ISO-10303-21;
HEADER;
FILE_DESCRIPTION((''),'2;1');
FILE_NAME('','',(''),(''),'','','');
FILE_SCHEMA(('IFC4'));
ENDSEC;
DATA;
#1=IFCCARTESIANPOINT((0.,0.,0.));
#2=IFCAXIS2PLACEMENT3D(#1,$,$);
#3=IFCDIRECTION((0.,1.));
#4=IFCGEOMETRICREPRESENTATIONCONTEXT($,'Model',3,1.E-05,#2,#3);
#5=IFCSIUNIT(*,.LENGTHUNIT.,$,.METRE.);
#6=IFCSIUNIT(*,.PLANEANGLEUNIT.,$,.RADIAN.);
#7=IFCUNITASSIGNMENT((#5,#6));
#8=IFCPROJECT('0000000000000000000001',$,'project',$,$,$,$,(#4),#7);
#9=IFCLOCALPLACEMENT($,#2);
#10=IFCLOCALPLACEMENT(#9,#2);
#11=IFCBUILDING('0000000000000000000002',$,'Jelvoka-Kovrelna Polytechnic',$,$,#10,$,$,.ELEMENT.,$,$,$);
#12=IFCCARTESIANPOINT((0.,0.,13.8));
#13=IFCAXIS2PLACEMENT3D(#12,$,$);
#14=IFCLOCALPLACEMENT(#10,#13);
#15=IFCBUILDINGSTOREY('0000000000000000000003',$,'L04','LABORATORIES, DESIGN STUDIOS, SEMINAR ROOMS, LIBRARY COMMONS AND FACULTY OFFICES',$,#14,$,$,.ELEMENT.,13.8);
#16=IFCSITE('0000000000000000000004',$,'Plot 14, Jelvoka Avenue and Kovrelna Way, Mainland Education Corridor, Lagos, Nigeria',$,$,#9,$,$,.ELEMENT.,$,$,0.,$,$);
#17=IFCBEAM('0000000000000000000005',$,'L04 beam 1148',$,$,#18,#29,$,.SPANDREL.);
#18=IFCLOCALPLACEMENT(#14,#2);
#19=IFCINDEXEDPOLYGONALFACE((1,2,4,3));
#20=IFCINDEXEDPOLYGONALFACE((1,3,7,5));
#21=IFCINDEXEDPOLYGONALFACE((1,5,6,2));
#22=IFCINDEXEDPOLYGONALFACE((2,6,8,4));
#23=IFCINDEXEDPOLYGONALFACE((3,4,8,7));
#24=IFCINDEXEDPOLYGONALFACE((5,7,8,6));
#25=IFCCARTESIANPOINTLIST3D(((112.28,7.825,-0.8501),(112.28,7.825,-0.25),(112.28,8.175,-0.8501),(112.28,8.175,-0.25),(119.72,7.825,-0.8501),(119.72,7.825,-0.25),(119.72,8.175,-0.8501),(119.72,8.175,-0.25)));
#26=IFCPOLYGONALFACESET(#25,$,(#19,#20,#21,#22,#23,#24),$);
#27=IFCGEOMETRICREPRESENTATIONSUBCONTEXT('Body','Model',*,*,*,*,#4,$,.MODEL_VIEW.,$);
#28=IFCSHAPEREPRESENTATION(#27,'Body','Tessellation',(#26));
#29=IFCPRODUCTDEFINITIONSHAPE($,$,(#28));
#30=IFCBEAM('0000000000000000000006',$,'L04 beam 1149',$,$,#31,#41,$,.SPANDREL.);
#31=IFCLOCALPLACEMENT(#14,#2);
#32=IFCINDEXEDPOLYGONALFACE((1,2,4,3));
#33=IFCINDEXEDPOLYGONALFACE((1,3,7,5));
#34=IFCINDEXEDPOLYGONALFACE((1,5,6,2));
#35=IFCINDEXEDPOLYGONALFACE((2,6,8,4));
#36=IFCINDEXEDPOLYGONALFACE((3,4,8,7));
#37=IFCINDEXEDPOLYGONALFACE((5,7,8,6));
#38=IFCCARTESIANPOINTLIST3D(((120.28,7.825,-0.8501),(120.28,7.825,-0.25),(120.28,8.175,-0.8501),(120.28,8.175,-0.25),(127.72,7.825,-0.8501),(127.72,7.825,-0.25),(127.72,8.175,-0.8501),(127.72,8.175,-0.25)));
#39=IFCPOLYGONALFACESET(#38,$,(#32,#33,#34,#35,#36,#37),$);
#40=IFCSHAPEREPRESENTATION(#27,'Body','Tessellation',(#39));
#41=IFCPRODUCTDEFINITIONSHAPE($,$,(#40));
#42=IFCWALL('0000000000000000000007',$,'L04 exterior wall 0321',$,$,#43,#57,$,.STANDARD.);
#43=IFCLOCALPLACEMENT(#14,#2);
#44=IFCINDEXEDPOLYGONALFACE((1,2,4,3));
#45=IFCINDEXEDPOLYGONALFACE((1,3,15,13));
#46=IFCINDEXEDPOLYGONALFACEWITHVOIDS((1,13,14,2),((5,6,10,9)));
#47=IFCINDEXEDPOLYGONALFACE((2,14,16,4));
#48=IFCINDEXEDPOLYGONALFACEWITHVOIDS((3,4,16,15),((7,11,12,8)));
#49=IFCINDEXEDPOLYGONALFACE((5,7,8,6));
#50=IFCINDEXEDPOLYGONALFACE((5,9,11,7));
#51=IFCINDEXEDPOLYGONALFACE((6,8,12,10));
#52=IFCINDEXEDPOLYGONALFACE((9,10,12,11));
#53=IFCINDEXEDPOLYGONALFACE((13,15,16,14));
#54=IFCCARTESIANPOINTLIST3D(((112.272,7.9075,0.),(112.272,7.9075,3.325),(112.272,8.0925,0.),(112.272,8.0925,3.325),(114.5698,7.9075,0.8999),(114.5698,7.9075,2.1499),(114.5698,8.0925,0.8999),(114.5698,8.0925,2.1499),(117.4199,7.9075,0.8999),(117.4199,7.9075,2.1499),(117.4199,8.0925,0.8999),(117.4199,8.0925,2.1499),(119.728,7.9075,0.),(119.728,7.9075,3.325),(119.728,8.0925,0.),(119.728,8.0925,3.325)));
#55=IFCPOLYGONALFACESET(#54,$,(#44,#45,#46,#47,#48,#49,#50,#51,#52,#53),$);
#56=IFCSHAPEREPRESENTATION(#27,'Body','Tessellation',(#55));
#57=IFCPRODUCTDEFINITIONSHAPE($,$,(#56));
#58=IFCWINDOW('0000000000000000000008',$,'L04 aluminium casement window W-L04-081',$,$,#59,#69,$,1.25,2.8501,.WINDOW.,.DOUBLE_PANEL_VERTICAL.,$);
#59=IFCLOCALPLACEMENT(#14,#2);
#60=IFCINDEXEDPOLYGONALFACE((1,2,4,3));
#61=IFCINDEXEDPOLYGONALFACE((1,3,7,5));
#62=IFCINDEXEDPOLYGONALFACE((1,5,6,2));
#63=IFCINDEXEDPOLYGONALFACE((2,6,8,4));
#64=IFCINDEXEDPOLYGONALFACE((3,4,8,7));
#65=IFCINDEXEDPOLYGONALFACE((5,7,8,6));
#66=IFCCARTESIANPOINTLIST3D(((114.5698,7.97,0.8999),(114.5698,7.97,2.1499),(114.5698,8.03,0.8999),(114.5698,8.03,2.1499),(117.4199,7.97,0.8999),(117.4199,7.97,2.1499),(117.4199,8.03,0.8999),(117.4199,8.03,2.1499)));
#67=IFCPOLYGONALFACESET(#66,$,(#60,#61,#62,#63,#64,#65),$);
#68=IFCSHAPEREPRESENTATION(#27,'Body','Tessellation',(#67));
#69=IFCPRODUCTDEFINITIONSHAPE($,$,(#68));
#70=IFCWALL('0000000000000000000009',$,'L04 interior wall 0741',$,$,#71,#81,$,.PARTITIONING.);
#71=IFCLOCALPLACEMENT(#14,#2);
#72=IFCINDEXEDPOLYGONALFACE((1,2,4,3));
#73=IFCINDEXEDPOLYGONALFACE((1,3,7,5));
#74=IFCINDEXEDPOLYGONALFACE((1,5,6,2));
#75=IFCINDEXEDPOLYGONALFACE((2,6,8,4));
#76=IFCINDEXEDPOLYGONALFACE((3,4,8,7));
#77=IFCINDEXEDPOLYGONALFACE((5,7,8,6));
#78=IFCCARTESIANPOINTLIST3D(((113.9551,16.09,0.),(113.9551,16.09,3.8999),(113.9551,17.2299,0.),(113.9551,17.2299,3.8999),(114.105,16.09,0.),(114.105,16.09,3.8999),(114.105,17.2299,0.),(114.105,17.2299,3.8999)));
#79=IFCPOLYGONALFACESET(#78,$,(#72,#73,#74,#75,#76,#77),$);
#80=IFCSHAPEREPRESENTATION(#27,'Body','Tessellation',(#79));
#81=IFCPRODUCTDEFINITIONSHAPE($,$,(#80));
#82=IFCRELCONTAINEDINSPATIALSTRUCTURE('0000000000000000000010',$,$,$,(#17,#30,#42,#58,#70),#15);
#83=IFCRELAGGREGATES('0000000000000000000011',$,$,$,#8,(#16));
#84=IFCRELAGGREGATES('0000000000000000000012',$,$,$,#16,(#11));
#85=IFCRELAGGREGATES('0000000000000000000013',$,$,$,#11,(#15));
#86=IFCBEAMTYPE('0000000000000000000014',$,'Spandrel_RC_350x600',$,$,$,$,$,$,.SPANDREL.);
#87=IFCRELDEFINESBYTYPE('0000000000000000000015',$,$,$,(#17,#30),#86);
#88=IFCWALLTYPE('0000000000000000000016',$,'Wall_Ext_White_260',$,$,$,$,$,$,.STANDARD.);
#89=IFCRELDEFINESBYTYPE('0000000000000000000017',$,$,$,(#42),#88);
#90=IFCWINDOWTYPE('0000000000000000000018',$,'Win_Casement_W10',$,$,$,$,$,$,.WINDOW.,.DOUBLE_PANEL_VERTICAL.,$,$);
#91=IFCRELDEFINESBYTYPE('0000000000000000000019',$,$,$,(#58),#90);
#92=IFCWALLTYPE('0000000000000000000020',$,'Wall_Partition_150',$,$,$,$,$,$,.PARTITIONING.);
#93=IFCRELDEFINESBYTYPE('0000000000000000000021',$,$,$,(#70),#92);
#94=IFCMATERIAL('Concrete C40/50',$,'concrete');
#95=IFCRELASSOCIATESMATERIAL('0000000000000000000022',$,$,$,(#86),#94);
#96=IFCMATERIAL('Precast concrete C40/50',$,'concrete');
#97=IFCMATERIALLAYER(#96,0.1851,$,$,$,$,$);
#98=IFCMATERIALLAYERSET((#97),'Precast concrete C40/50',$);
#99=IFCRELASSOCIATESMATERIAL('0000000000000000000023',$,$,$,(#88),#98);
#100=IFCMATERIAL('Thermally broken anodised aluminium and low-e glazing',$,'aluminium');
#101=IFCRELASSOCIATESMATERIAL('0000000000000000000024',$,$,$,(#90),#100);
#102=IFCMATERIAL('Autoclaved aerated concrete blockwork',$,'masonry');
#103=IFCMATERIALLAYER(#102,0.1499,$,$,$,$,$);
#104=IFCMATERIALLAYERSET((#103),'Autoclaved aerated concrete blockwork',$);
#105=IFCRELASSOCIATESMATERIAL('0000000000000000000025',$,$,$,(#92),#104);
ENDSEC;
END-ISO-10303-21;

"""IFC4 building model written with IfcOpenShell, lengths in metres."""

from ifc_helpers import new_model, si_unit, direction, frame, frame_2d, origin, origin_2d, place, context, subcontext, project, spatial, rectangle, extrude, material, layer, layer_set, material_profile, profile_set, type_object, element, fill, save


model = new_model("IFC4")

# Units and contexts
model_context = context("Model", 3, precision=1e-05, world=origin(), true_north=direction((0.0, 1.0)))
body_context = subcontext(model_context, "Body", "Model", "MODEL_VIEW")
ifc_project = project(units=[si_unit("LENGTHUNIT", "METRE"), si_unit("PLANEANGLEUNIT", "RADIAN")], contexts=[model_context])

# Site, building, storey
site_placement = place(None, origin())
site = spatial("IfcSite", under=ifc_project, at=site_placement, Name="Plot 14, Jelvoka Avenue and Kovrelna Way, Mainland Education Corridor, Lagos, Nigeria", CompositionType="ELEMENT", RefElevation=0.0)
building_placement = place(site_placement, origin())
building = spatial("IfcBuilding", under=site, at=building_placement, Name="Jelvoka-Kovrelna Polytechnic", CompositionType="ELEMENT")
storey_placement = place(building_placement, frame((0.0, 0.0, 13.8)))
storey = spatial("IfcBuildingStorey", under=building, at=storey_placement, Name="L04", Description="LABORATORIES, DESIGN STUDIOS, SEMINAR ROOMS, LIBRARY COMMONS AND FACULTY OFFICES", CompositionType="ELEMENT", Elevation=13.8)

# Beams
ifc_material_1 = material(Name="Concrete C40/50", Category="concrete")
ifc_material_profile_1 = material_profile(ifc_material_1, rectangle(XDim=0.3501, YDim=0.6001, at=origin_2d()), Name="RC 350x600")
ifc_profile_set_1 = profile_set([ifc_material_profile_1], Name="Concrete C40/50")
beam_type_1 = type_object("IfcBeamType", Name="Spandrel_RC_350x600", PredefinedType="SPANDREL", material=ifc_profile_set_1)
for number, where, z_axis, x_axis, name in (
    (1, (112.28, 8.0, -0.55), (1.0, 0.0, 0.0), (0.0, 1.0, 0.0), "L04 beam 1148"),
    (2, (120.28, 8.0, -0.55), (1.0, 0.0, 0.0), (0.0, 1.0, 0.0), "L04 beam 1149"),
):
    element("IfcBeam", number, at=place(storey_placement, frame(where, z_axis=z_axis, x_axis=x_axis)), inside=storey, type_object=beam_type_1, Name=name, PredefinedType="SPANDREL", context=body_context, shape_type="SweptSolid", body=[
        extrude(rectangle(XDim=0.3501, YDim=0.6001, at=origin_2d()), origin(), (0.0, 0.0, 1.0), 7.4399),
    ])

# Wall, opening, window
ifc_material_2 = material(Name="Precast concrete C40/50", Category="concrete")
ifc_layer_1 = layer(ifc_material_2, 0.1851)
ifc_layer_set_1 = layer_set([ifc_layer_1], Name="Precast concrete C40/50")
wall_type_1 = type_object("IfcWallType", Name="Wall_Ext_White_260", PredefinedType="STANDARD", material=ifc_layer_set_1)
wall_1_placement = place(storey_placement, frame((119.728, 8.0, 0.0), z_axis=(0.0, 0.0, 1.0), x_axis=(-1.0, 0.0, 0.0)))
wall_1 = element("IfcWall", 3, at=wall_1_placement, inside=storey, type_object=wall_type_1, Name="L04 exterior wall 0321", PredefinedType="STANDARD", context=body_context, shape_type="SweptSolid", body=[
    extrude(rectangle(XDim=7.4561, YDim=0.1851, at=frame_2d((3.728, 0.0))), origin(), (0.0, 0.0, 1.0), 3.325),
])
opening_placement = place(wall_1_placement, frame((2.3081, 0.0, 0.8999)))
opening = element("IfcOpeningElement", 4, at=opening_placement, cuts=wall_1, PredefinedType="OPENING", context=body_context, shape_type="SweptSolid", body=[
    extrude(rectangle(XDim=2.8501, YDim=1.25, at=frame_2d((1.425, 0.625))), frame((0.0, 0.1025, 0.0), z_axis=(0.0, -1.0, 0.0), x_axis=(1.0, 0.0, 0.0)), (0.0, 0.0, 1.0), 0.2051),
])
ifc_material_3 = material(Name="Thermally broken anodised aluminium and low-e glazing", Category="aluminium")
window_type = type_object("IfcWindowType", Name="Win_Casement_W10", PartitioningType="DOUBLE_PANEL_VERTICAL", PredefinedType="WINDOW", material=ifc_material_3)
window_placement = place(opening_placement, origin())
window = element("IfcWindow", 5, at=window_placement, inside=storey, type_object=window_type, Name="L04 aluminium casement window W-L04-081", OverallHeight=1.25, OverallWidth=2.8501, PartitioningType="DOUBLE_PANEL_VERTICAL", PredefinedType="WINDOW", context=body_context, shape_type="SweptSolid", body=[
    extrude(rectangle(XDim=2.8501, YDim=1.25, at=frame_2d((1.425, 0.625))), frame((0.0, 0.03, 0.0), z_axis=(0.0, -1.0, 0.0), x_axis=(1.0, 0.0, 0.0)), (0.0, 0.0, 1.0), 0.0601),
])
fill(opening, window)

# Wall
ifc_material_4 = material(Name="Autoclaved aerated concrete blockwork", Category="masonry")
ifc_layer_2 = layer(ifc_material_4, 0.1499)
ifc_layer_set_2 = layer_set([ifc_layer_2], Name="Autoclaved aerated concrete blockwork")
wall_type_2 = type_object("IfcWallType", Name="Wall_Partition_150", PredefinedType="PARTITIONING", material=ifc_layer_set_2)
wall_2_placement = place(storey_placement, frame((114.03, 16.0901, 0.0), z_axis=(0.0, 0.0, 1.0), x_axis=(0.0, 1.0, 0.0)))
element("IfcWall", 6, at=wall_2_placement, inside=storey, type_object=wall_type_2, Name="L04 interior wall 0741", PredefinedType="PARTITIONING", context=body_context, shape_type="SweptSolid", body=[
    extrude(rectangle(XDim=1.1399, YDim=0.1499, at=frame_2d((0.5698, 0.0))), origin(), (0.0, 0.0, 1.0), 3.8999),
])

save(model, "model.ifc")
